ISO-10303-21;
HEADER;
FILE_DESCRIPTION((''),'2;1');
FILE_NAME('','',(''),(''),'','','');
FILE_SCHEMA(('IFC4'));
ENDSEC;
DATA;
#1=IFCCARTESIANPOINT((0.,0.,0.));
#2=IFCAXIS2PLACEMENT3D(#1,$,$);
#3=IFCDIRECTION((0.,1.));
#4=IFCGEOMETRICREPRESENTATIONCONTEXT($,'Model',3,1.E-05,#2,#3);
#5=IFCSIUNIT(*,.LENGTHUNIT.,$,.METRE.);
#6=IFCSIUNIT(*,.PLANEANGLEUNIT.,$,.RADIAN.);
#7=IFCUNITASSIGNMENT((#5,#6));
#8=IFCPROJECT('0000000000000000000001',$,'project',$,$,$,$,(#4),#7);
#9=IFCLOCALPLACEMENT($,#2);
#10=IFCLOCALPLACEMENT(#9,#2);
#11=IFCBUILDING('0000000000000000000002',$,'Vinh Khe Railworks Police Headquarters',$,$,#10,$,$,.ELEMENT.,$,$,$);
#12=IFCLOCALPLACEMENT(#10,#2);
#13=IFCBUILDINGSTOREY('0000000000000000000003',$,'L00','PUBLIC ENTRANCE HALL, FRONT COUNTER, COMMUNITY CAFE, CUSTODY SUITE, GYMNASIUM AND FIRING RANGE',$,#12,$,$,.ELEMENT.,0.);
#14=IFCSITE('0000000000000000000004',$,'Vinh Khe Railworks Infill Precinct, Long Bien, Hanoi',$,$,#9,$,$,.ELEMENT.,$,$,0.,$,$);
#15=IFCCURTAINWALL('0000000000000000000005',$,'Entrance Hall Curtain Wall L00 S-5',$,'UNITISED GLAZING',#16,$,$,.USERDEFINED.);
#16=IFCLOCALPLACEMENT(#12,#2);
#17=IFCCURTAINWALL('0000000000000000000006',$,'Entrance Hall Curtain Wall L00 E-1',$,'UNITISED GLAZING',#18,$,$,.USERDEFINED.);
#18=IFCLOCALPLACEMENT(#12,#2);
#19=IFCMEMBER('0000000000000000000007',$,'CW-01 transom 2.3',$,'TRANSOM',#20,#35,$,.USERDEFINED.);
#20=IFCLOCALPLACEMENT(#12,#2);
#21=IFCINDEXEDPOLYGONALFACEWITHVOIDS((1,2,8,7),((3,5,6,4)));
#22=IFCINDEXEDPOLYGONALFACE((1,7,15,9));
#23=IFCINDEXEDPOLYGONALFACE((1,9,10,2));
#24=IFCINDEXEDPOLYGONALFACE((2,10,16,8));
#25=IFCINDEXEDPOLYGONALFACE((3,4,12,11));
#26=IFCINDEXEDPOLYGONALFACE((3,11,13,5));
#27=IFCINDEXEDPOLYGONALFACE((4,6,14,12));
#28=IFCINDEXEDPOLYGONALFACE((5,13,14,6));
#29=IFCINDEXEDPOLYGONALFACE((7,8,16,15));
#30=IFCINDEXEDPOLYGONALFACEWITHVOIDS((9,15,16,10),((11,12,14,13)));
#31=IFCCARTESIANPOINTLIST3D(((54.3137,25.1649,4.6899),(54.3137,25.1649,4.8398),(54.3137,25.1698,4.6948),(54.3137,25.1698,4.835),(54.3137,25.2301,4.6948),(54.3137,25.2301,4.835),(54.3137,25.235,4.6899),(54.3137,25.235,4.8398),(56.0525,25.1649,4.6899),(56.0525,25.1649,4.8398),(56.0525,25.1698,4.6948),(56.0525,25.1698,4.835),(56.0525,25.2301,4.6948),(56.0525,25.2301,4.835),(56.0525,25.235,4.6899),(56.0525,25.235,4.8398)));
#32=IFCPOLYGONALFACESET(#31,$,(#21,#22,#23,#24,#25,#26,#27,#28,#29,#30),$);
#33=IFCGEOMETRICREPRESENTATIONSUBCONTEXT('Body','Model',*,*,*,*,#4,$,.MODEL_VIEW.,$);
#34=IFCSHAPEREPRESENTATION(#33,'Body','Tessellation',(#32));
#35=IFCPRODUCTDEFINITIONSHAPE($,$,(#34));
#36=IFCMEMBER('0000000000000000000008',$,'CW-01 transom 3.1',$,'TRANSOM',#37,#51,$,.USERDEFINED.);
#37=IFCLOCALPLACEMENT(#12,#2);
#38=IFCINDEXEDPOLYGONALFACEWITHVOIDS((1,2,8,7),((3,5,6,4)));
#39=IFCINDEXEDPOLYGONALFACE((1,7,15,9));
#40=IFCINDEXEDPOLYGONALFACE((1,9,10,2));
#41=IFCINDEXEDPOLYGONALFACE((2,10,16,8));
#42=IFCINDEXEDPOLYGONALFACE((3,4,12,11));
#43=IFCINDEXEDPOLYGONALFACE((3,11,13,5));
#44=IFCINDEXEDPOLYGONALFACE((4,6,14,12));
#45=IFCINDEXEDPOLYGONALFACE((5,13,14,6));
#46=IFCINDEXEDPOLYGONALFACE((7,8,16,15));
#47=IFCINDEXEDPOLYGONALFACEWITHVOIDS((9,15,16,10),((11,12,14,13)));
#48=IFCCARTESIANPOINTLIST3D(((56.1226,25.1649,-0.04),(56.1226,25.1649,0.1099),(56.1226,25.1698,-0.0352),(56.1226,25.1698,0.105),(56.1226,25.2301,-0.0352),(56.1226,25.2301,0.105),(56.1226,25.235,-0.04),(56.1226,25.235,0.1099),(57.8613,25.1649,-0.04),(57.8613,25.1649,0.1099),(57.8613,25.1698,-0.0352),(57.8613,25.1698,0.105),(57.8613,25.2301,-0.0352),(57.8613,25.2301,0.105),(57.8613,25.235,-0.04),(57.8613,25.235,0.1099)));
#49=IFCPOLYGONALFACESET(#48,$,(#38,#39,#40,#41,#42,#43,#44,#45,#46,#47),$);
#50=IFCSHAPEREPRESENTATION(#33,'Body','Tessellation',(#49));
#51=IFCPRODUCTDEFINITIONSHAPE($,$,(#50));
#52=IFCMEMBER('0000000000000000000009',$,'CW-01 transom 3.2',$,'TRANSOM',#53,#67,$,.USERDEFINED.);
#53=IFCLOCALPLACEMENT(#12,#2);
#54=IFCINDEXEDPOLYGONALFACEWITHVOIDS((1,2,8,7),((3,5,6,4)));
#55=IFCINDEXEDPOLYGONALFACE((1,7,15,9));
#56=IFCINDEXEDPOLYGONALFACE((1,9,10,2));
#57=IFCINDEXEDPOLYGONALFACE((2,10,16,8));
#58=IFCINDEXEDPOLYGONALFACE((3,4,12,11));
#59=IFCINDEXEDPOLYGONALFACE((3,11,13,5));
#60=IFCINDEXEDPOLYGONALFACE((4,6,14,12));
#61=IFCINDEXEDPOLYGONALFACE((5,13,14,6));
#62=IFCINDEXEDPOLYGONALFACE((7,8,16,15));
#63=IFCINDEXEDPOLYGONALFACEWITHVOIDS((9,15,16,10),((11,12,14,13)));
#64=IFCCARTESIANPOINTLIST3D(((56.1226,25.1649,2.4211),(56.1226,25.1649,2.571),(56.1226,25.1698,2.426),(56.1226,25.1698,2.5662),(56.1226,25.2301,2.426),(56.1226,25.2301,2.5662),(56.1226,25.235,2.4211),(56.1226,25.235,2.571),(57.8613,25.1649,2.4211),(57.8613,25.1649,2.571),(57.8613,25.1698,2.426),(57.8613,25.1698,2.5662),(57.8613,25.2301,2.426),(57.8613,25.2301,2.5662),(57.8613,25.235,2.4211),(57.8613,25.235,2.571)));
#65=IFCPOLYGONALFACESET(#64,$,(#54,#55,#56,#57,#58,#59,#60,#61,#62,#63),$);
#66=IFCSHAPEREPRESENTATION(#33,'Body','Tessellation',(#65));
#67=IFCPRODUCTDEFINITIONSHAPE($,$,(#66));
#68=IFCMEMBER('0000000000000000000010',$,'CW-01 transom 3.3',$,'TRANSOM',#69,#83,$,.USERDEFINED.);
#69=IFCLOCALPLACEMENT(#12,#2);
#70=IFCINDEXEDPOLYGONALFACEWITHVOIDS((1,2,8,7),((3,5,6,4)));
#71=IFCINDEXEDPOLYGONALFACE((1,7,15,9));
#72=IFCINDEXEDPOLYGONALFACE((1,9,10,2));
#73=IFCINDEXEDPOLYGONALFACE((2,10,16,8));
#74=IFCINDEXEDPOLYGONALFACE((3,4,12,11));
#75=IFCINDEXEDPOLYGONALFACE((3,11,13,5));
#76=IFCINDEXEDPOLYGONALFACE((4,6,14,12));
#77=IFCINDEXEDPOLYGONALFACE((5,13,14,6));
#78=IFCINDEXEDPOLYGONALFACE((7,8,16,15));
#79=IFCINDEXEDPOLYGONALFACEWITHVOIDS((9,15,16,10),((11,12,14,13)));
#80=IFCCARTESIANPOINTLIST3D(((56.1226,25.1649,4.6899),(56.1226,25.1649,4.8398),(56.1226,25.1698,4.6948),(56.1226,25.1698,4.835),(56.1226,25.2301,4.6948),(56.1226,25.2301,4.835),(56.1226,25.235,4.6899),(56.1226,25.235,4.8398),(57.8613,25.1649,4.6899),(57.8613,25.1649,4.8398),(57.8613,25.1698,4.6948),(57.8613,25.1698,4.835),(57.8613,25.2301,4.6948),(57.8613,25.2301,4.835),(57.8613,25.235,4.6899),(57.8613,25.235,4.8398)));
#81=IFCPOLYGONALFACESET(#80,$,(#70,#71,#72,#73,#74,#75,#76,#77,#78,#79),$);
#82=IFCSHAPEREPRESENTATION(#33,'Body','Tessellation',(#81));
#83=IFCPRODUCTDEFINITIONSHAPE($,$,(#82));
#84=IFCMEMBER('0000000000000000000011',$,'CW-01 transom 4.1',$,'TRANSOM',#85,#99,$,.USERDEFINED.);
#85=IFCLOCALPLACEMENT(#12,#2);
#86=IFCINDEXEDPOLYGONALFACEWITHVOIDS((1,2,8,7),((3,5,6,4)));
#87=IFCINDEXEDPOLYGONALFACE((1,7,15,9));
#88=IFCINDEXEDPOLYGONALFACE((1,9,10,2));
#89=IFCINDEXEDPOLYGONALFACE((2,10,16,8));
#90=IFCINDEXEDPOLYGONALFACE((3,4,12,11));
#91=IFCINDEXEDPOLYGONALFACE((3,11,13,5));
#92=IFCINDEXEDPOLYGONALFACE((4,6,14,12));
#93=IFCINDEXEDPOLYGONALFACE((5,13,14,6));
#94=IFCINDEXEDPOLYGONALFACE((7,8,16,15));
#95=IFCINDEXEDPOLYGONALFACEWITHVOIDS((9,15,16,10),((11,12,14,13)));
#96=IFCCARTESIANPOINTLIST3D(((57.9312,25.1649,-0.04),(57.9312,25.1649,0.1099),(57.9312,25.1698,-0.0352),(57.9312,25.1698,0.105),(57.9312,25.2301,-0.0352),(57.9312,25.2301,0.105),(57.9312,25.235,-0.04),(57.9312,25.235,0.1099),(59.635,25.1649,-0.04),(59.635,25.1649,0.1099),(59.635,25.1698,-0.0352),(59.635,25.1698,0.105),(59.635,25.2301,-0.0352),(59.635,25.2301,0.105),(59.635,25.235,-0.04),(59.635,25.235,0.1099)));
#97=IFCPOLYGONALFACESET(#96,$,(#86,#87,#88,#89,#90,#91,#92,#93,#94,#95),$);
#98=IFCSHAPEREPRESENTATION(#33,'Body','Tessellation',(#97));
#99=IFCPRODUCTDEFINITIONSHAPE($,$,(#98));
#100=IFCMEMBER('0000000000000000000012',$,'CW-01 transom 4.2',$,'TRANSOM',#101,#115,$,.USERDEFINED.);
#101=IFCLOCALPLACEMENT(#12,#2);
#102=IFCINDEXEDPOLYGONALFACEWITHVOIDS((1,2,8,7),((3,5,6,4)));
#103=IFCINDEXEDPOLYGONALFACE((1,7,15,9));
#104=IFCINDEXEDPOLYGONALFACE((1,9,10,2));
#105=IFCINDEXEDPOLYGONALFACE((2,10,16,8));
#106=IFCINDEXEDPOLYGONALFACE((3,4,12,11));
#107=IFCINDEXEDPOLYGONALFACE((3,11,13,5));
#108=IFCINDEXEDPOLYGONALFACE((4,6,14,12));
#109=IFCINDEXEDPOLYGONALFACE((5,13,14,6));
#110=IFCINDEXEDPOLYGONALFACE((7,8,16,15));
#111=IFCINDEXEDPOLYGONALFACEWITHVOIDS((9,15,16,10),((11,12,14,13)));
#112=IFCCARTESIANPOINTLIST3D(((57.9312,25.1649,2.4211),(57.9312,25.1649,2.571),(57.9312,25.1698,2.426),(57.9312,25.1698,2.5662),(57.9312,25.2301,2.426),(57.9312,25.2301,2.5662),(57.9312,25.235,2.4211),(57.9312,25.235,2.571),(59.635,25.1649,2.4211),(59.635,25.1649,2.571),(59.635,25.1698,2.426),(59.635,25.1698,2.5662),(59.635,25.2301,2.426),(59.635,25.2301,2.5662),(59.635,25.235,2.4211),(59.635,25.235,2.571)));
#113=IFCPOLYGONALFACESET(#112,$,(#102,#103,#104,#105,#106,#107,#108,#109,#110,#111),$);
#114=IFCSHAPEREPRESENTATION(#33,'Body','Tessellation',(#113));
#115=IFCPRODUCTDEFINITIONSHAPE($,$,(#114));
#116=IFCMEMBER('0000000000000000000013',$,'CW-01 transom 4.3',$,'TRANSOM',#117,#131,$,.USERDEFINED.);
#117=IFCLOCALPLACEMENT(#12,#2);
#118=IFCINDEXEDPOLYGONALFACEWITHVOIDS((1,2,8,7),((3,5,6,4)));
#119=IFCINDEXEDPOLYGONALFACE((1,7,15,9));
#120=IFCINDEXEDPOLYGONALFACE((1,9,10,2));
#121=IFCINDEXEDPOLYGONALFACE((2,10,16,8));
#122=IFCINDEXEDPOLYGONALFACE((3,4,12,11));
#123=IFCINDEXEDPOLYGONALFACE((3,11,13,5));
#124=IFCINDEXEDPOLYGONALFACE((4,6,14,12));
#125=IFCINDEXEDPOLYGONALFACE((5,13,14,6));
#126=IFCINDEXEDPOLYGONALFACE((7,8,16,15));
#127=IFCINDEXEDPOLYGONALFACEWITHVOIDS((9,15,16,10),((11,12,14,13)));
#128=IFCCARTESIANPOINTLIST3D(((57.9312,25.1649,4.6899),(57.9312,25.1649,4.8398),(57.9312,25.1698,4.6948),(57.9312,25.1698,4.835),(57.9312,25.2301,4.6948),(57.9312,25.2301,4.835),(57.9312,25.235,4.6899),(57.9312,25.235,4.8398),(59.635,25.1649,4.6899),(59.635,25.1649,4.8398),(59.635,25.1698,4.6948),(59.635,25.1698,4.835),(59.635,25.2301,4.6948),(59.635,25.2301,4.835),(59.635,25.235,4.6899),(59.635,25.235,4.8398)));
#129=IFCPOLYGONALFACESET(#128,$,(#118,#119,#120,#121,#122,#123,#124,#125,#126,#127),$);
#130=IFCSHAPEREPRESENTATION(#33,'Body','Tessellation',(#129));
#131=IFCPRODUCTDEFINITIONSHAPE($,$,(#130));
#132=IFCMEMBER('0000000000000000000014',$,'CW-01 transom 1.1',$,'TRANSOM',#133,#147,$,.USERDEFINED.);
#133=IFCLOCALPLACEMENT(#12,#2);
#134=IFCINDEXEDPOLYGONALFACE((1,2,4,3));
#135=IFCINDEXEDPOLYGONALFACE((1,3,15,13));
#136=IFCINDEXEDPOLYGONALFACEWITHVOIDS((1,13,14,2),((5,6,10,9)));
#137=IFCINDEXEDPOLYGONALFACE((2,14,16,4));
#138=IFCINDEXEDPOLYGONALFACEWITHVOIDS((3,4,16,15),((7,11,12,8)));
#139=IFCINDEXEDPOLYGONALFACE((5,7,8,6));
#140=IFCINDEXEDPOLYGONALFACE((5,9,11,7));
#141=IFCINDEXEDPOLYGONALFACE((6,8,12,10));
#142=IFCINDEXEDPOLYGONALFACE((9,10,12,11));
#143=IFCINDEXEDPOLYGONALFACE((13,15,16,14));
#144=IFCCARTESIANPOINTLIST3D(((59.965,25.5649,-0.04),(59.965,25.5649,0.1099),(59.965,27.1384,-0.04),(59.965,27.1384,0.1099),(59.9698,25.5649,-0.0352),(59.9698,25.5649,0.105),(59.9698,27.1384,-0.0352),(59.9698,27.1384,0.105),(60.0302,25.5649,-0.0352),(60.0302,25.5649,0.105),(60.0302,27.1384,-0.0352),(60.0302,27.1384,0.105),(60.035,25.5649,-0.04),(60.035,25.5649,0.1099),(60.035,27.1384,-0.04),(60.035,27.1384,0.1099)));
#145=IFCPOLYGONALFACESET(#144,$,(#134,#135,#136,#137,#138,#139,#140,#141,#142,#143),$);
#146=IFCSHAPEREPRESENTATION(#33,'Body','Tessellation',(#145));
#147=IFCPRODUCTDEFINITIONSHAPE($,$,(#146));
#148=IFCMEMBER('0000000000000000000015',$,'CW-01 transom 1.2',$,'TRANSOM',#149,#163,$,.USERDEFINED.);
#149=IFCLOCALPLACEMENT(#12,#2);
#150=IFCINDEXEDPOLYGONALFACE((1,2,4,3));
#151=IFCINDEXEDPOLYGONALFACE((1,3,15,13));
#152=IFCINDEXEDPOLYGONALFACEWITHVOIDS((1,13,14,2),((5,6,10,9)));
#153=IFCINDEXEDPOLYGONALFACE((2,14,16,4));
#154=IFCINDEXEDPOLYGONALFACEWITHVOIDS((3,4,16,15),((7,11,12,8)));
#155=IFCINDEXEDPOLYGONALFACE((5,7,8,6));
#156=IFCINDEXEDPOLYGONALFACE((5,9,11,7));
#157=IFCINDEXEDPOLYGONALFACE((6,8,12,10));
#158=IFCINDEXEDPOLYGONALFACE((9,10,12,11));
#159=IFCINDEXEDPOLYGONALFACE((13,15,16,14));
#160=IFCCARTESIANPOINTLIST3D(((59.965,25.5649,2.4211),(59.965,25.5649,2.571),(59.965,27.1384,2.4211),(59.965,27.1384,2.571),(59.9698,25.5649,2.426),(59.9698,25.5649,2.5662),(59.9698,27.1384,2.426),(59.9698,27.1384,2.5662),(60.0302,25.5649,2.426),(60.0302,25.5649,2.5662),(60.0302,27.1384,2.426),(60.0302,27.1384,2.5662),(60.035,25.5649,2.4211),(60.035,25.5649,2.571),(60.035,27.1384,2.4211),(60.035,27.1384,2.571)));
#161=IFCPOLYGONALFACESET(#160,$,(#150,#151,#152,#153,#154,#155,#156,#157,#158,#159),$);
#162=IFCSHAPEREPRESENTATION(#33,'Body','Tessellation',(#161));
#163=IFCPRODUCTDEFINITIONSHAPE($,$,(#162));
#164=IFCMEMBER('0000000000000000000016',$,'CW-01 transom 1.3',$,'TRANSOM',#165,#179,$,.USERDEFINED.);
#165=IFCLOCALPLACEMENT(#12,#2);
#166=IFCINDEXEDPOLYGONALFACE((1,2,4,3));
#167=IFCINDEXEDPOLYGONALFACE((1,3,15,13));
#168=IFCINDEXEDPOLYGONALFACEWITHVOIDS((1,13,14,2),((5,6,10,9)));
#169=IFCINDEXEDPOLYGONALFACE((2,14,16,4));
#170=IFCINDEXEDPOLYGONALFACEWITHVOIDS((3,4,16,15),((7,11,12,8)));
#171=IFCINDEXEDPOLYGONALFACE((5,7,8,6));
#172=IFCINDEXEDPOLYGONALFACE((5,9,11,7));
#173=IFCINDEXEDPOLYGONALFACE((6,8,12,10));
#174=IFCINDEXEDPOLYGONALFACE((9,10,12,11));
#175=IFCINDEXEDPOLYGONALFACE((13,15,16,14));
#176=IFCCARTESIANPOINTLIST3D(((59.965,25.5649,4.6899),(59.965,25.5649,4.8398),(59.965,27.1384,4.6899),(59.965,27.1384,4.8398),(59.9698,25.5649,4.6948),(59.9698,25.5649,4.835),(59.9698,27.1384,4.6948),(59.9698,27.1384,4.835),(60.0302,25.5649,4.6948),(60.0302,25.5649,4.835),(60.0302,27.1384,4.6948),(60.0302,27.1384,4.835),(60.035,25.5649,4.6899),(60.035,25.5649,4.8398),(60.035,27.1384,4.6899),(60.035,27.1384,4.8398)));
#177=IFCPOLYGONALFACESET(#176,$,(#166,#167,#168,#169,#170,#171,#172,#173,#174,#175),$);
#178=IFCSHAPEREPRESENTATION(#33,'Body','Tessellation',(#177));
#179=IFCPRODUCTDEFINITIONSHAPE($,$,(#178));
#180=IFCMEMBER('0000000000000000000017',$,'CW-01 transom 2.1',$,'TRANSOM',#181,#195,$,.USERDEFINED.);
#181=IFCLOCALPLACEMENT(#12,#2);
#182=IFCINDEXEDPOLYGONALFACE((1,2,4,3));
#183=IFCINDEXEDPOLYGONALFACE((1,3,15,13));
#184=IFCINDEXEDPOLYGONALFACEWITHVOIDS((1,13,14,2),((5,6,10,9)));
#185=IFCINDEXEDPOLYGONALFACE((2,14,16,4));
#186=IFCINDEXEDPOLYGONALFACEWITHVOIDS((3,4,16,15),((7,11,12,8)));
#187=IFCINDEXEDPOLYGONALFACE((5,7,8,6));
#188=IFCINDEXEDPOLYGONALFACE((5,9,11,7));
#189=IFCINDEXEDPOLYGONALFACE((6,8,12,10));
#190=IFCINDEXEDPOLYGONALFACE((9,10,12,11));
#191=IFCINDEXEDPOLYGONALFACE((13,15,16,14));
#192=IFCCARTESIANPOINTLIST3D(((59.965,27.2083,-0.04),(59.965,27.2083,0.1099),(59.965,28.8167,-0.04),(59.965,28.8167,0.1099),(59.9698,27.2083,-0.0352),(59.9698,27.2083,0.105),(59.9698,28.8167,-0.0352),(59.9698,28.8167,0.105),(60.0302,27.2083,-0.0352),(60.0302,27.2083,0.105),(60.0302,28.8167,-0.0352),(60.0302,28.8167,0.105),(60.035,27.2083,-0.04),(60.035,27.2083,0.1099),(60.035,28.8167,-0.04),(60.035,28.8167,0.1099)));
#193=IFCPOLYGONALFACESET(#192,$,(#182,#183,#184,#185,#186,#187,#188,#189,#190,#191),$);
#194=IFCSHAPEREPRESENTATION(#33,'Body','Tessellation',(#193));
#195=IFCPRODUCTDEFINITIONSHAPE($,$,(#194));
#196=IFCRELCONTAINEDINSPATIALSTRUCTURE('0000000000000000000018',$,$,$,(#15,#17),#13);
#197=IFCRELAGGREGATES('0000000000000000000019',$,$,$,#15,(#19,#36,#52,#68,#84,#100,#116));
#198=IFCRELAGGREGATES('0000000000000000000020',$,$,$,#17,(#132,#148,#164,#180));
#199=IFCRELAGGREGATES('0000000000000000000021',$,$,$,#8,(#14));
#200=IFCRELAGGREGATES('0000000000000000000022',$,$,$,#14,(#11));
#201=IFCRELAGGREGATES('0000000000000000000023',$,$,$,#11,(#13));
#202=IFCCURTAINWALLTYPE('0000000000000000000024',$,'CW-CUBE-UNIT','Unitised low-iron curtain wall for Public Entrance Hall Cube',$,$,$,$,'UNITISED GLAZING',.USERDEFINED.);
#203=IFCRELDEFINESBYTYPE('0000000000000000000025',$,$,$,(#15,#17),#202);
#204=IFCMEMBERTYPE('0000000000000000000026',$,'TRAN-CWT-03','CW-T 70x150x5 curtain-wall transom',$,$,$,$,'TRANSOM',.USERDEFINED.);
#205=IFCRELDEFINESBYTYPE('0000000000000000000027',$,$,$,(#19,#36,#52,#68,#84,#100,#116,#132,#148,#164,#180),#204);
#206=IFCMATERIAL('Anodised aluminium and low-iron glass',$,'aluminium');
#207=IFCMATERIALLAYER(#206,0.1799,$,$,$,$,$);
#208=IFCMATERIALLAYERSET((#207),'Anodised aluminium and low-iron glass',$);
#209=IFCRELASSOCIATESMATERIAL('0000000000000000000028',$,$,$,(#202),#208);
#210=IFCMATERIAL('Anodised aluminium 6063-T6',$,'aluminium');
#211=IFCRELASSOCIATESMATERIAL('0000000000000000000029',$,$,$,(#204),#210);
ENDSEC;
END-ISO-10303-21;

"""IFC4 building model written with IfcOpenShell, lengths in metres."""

from ifc_helpers import new_model, si_unit, direction, frame, origin, origin_2d, place, context, subcontext, project, spatial, hollow_rectangle, extrude, material, layer, layer_set, material_profile, profile_set, type_object, element, aggregate, save


model = new_model("IFC4")

# Units and contexts
model_context = context("Model", 3, precision=1e-05, world=origin(), true_north=direction((0.0, 1.0)))
body_context = subcontext(model_context, "Body", "Model", "MODEL_VIEW")
ifc_project = project(units=[si_unit("LENGTHUNIT", "METRE"), si_unit("PLANEANGLEUNIT", "RADIAN")], contexts=[model_context])

# Site, building, storey
site_placement = place(None, origin())
site = spatial("IfcSite", under=ifc_project, at=site_placement, Name="Vinh Khe Railworks Infill Precinct, Long Bien, Hanoi", CompositionType="ELEMENT", RefElevation=0.0)
building_placement = place(site_placement, origin())
building = spatial("IfcBuilding", under=site, at=building_placement, Name="Vinh Khe Railworks Police Headquarters", CompositionType="ELEMENT")
storey_placement = place(building_placement, origin())
storey = spatial("IfcBuildingStorey", under=building, at=storey_placement, Name="L00", Description="PUBLIC ENTRANCE HALL, FRONT COUNTER, COMMUNITY CAFE, CUSTODY SUITE, GYMNASIUM AND FIRING RANGE", CompositionType="ELEMENT", Elevation=0.0)

# Curtain walls
ifc_material_1 = material(Name="Anodised aluminium and low-iron glass", Category="aluminium")
ifc_layer_1 = layer(ifc_material_1, 0.1799)
ifc_layer_set_1 = layer_set([ifc_layer_1], Name="Anodised aluminium and low-iron glass")
curtain_wall_type = type_object("IfcCurtainWallType", Name="CW-CUBE-UNIT", Description="Unitised low-iron curtain wall for Public Entrance Hall Cube", ElementType="UNITISED GLAZING", PredefinedType="USERDEFINED", material=ifc_layer_set_1)
curtain_wall_1_placement = place(storey_placement, origin())
curtain_wall_1 = element("IfcCurtainWall", 1, at=curtain_wall_1_placement, inside=storey, type_object=curtain_wall_type, Name="Entrance Hall Curtain Wall L00 S-5", ObjectType="UNITISED GLAZING", PredefinedType="USERDEFINED")
ifc_material_2 = material(Name="Anodised aluminium 6063-T6", Category="aluminium")
curtain_wall_2_placement = place(storey_placement, origin())
curtain_wall_2 = element("IfcCurtainWall", 2, at=curtain_wall_2_placement, inside=storey, type_object=curtain_wall_type, Name="Entrance Hall Curtain Wall L00 E-1", ObjectType="UNITISED GLAZING", PredefinedType="USERDEFINED")

# Members
ifc_material_profile_1 = material_profile(ifc_material_2, hollow_rectangle(XDim=0.0701, YDim=0.1499, WallThickness=0.0049, at=origin_2d()), Name="CW-T 70x150x5")
ifc_profile_set_1 = profile_set([ifc_material_profile_1], Name="Anodised aluminium 6063-T6")
member_type_1 = type_object("IfcMemberType", Name="TRAN-CWT-03", Description="CW-T 70x150x5 curtain-wall transom", ElementType="TRANSOM", PredefinedType="USERDEFINED", material=ifc_profile_set_1)
member_1_placement = place(storey_placement, frame((54.3137, 25.2, 4.7649), z_axis=(1.0, 0.0, 0.0), x_axis=(0.0, 1.0, 0.0)))
member_1 = element("IfcMember", 3, at=member_1_placement, type_object=member_type_1, Name="CW-01 transom 2.3", ObjectType="TRANSOM", PredefinedType="USERDEFINED", context=body_context, shape_type="SweptSolid", body=[
    extrude(hollow_rectangle(XDim=0.0701, YDim=0.1499, WallThickness=0.0049, at=origin_2d()), origin(), (0.0, 0.0, 1.0), 1.7388),
])
member_2_placement = place(storey_placement, frame((56.1226, 25.2, 0.0349), z_axis=(1.0, 0.0, 0.0), x_axis=(0.0, 1.0, 0.0)))
member_2 = element("IfcMember", 4, at=member_2_placement, type_object=member_type_1, Name="CW-01 transom 3.1", ObjectType="TRANSOM", PredefinedType="USERDEFINED", context=body_context, shape_type="SweptSolid", body=[
    extrude(hollow_rectangle(XDim=0.0701, YDim=0.1499, WallThickness=0.0049, at=origin_2d()), origin(), (0.0, 0.0, 1.0), 1.7388),
])
member_3_placement = place(storey_placement, frame((56.1226, 25.2, 2.4961), z_axis=(1.0, 0.0, 0.0), x_axis=(0.0, 1.0, 0.0)))
member_3 = element("IfcMember", 5, at=member_3_placement, type_object=member_type_1, Name="CW-01 transom 3.2", ObjectType="TRANSOM", PredefinedType="USERDEFINED", context=body_context, shape_type="SweptSolid", body=[
    extrude(hollow_rectangle(XDim=0.0701, YDim=0.1499, WallThickness=0.0049, at=origin_2d()), origin(), (0.0, 0.0, 1.0), 1.7388),
])
member_4_placement = place(storey_placement, frame((56.1226, 25.2, 4.7649), z_axis=(1.0, 0.0, 0.0), x_axis=(0.0, 1.0, 0.0)))
member_4 = element("IfcMember", 6, at=member_4_placement, type_object=member_type_1, Name="CW-01 transom 3.3", ObjectType="TRANSOM", PredefinedType="USERDEFINED", context=body_context, shape_type="SweptSolid", body=[
    extrude(hollow_rectangle(XDim=0.0701, YDim=0.1499, WallThickness=0.0049, at=origin_2d()), origin(), (0.0, 0.0, 1.0), 1.7388),
])
member_5_placement = place(storey_placement, frame((57.9312, 25.2, 0.0349), z_axis=(1.0, 0.0, 0.0), x_axis=(0.0, 1.0, 0.0)))
member_5 = element("IfcMember", 7, at=member_5_placement, type_object=member_type_1, Name="CW-01 transom 4.1", ObjectType="TRANSOM", PredefinedType="USERDEFINED", context=body_context, shape_type="SweptSolid", body=[
    extrude(hollow_rectangle(XDim=0.0701, YDim=0.1499, WallThickness=0.0049, at=origin_2d()), origin(), (0.0, 0.0, 1.0), 1.7039),
])
member_6_placement = place(storey_placement, frame((57.9312, 25.2, 2.4961), z_axis=(1.0, 0.0, 0.0), x_axis=(0.0, 1.0, 0.0)))
member_6 = element("IfcMember", 8, at=member_6_placement, type_object=member_type_1, Name="CW-01 transom 4.2", ObjectType="TRANSOM", PredefinedType="USERDEFINED", context=body_context, shape_type="SweptSolid", body=[
    extrude(hollow_rectangle(XDim=0.0701, YDim=0.1499, WallThickness=0.0049, at=origin_2d()), origin(), (0.0, 0.0, 1.0), 1.7039),
])
member_7_placement = place(storey_placement, frame((57.9312, 25.2, 4.7649), z_axis=(1.0, 0.0, 0.0), x_axis=(0.0, 1.0, 0.0)))
member_7 = element("IfcMember", 9, at=member_7_placement, type_object=member_type_1, Name="CW-01 transom 4.3", ObjectType="TRANSOM", PredefinedType="USERDEFINED", context=body_context, shape_type="SweptSolid", body=[
    extrude(hollow_rectangle(XDim=0.0701, YDim=0.1499, WallThickness=0.0049, at=origin_2d()), origin(), (0.0, 0.0, 1.0), 1.7039),
])
member_8_placement = place(storey_placement, frame((60.0, 25.5649, 0.0349), z_axis=(0.0, 1.0, 0.0), x_axis=(-1.0, 0.0, 0.0)))
member_8 = element("IfcMember", 10, at=member_8_placement, type_object=member_type_1, Name="CW-01 transom 1.1", ObjectType="TRANSOM", PredefinedType="USERDEFINED", context=body_context, shape_type="SweptSolid", body=[
    extrude(hollow_rectangle(XDim=0.0701, YDim=0.1499, WallThickness=0.0049, at=origin_2d()), origin(), (0.0, 0.0, 1.0), 1.5735),
])
member_9_placement = place(storey_placement, frame((60.0, 25.5649, 2.4961), z_axis=(0.0, 1.0, 0.0), x_axis=(-1.0, 0.0, 0.0)))
member_9 = element("IfcMember", 11, at=member_9_placement, type_object=member_type_1, Name="CW-01 transom 1.2", ObjectType="TRANSOM", PredefinedType="USERDEFINED", context=body_context, shape_type="SweptSolid", body=[
    extrude(hollow_rectangle(XDim=0.0701, YDim=0.1499, WallThickness=0.0049, at=origin_2d()), origin(), (0.0, 0.0, 1.0), 1.5735),
])
member_10_placement = place(storey_placement, frame((60.0, 25.5649, 4.7649), z_axis=(0.0, 1.0, 0.0), x_axis=(-1.0, 0.0, 0.0)))
member_10 = element("IfcMember", 12, at=member_10_placement, type_object=member_type_1, Name="CW-01 transom 1.3", ObjectType="TRANSOM", PredefinedType="USERDEFINED", context=body_context, shape_type="SweptSolid", body=[
    extrude(hollow_rectangle(XDim=0.0701, YDim=0.1499, WallThickness=0.0049, at=origin_2d()), origin(), (0.0, 0.0, 1.0), 1.5735),
])
member_11_placement = place(storey_placement, frame((60.0, 27.2083, 0.0349), z_axis=(0.0, 1.0, 0.0), x_axis=(-1.0, 0.0, 0.0)))
member_11 = element("IfcMember", 13, at=member_11_placement, type_object=member_type_1, Name="CW-01 transom 2.1", ObjectType="TRANSOM", PredefinedType="USERDEFINED", context=body_context, shape_type="SweptSolid", body=[
    extrude(hollow_rectangle(XDim=0.0701, YDim=0.1499, WallThickness=0.0049, at=origin_2d()), origin(), (0.0, 0.0, 1.0), 1.6084),
])

aggregate(curtain_wall_1, [member_1, member_2, member_3, member_4, member_5, member_6, member_7])
aggregate(curtain_wall_2, [member_8, member_9, member_10, member_11])

save(model, "model.ifc")
